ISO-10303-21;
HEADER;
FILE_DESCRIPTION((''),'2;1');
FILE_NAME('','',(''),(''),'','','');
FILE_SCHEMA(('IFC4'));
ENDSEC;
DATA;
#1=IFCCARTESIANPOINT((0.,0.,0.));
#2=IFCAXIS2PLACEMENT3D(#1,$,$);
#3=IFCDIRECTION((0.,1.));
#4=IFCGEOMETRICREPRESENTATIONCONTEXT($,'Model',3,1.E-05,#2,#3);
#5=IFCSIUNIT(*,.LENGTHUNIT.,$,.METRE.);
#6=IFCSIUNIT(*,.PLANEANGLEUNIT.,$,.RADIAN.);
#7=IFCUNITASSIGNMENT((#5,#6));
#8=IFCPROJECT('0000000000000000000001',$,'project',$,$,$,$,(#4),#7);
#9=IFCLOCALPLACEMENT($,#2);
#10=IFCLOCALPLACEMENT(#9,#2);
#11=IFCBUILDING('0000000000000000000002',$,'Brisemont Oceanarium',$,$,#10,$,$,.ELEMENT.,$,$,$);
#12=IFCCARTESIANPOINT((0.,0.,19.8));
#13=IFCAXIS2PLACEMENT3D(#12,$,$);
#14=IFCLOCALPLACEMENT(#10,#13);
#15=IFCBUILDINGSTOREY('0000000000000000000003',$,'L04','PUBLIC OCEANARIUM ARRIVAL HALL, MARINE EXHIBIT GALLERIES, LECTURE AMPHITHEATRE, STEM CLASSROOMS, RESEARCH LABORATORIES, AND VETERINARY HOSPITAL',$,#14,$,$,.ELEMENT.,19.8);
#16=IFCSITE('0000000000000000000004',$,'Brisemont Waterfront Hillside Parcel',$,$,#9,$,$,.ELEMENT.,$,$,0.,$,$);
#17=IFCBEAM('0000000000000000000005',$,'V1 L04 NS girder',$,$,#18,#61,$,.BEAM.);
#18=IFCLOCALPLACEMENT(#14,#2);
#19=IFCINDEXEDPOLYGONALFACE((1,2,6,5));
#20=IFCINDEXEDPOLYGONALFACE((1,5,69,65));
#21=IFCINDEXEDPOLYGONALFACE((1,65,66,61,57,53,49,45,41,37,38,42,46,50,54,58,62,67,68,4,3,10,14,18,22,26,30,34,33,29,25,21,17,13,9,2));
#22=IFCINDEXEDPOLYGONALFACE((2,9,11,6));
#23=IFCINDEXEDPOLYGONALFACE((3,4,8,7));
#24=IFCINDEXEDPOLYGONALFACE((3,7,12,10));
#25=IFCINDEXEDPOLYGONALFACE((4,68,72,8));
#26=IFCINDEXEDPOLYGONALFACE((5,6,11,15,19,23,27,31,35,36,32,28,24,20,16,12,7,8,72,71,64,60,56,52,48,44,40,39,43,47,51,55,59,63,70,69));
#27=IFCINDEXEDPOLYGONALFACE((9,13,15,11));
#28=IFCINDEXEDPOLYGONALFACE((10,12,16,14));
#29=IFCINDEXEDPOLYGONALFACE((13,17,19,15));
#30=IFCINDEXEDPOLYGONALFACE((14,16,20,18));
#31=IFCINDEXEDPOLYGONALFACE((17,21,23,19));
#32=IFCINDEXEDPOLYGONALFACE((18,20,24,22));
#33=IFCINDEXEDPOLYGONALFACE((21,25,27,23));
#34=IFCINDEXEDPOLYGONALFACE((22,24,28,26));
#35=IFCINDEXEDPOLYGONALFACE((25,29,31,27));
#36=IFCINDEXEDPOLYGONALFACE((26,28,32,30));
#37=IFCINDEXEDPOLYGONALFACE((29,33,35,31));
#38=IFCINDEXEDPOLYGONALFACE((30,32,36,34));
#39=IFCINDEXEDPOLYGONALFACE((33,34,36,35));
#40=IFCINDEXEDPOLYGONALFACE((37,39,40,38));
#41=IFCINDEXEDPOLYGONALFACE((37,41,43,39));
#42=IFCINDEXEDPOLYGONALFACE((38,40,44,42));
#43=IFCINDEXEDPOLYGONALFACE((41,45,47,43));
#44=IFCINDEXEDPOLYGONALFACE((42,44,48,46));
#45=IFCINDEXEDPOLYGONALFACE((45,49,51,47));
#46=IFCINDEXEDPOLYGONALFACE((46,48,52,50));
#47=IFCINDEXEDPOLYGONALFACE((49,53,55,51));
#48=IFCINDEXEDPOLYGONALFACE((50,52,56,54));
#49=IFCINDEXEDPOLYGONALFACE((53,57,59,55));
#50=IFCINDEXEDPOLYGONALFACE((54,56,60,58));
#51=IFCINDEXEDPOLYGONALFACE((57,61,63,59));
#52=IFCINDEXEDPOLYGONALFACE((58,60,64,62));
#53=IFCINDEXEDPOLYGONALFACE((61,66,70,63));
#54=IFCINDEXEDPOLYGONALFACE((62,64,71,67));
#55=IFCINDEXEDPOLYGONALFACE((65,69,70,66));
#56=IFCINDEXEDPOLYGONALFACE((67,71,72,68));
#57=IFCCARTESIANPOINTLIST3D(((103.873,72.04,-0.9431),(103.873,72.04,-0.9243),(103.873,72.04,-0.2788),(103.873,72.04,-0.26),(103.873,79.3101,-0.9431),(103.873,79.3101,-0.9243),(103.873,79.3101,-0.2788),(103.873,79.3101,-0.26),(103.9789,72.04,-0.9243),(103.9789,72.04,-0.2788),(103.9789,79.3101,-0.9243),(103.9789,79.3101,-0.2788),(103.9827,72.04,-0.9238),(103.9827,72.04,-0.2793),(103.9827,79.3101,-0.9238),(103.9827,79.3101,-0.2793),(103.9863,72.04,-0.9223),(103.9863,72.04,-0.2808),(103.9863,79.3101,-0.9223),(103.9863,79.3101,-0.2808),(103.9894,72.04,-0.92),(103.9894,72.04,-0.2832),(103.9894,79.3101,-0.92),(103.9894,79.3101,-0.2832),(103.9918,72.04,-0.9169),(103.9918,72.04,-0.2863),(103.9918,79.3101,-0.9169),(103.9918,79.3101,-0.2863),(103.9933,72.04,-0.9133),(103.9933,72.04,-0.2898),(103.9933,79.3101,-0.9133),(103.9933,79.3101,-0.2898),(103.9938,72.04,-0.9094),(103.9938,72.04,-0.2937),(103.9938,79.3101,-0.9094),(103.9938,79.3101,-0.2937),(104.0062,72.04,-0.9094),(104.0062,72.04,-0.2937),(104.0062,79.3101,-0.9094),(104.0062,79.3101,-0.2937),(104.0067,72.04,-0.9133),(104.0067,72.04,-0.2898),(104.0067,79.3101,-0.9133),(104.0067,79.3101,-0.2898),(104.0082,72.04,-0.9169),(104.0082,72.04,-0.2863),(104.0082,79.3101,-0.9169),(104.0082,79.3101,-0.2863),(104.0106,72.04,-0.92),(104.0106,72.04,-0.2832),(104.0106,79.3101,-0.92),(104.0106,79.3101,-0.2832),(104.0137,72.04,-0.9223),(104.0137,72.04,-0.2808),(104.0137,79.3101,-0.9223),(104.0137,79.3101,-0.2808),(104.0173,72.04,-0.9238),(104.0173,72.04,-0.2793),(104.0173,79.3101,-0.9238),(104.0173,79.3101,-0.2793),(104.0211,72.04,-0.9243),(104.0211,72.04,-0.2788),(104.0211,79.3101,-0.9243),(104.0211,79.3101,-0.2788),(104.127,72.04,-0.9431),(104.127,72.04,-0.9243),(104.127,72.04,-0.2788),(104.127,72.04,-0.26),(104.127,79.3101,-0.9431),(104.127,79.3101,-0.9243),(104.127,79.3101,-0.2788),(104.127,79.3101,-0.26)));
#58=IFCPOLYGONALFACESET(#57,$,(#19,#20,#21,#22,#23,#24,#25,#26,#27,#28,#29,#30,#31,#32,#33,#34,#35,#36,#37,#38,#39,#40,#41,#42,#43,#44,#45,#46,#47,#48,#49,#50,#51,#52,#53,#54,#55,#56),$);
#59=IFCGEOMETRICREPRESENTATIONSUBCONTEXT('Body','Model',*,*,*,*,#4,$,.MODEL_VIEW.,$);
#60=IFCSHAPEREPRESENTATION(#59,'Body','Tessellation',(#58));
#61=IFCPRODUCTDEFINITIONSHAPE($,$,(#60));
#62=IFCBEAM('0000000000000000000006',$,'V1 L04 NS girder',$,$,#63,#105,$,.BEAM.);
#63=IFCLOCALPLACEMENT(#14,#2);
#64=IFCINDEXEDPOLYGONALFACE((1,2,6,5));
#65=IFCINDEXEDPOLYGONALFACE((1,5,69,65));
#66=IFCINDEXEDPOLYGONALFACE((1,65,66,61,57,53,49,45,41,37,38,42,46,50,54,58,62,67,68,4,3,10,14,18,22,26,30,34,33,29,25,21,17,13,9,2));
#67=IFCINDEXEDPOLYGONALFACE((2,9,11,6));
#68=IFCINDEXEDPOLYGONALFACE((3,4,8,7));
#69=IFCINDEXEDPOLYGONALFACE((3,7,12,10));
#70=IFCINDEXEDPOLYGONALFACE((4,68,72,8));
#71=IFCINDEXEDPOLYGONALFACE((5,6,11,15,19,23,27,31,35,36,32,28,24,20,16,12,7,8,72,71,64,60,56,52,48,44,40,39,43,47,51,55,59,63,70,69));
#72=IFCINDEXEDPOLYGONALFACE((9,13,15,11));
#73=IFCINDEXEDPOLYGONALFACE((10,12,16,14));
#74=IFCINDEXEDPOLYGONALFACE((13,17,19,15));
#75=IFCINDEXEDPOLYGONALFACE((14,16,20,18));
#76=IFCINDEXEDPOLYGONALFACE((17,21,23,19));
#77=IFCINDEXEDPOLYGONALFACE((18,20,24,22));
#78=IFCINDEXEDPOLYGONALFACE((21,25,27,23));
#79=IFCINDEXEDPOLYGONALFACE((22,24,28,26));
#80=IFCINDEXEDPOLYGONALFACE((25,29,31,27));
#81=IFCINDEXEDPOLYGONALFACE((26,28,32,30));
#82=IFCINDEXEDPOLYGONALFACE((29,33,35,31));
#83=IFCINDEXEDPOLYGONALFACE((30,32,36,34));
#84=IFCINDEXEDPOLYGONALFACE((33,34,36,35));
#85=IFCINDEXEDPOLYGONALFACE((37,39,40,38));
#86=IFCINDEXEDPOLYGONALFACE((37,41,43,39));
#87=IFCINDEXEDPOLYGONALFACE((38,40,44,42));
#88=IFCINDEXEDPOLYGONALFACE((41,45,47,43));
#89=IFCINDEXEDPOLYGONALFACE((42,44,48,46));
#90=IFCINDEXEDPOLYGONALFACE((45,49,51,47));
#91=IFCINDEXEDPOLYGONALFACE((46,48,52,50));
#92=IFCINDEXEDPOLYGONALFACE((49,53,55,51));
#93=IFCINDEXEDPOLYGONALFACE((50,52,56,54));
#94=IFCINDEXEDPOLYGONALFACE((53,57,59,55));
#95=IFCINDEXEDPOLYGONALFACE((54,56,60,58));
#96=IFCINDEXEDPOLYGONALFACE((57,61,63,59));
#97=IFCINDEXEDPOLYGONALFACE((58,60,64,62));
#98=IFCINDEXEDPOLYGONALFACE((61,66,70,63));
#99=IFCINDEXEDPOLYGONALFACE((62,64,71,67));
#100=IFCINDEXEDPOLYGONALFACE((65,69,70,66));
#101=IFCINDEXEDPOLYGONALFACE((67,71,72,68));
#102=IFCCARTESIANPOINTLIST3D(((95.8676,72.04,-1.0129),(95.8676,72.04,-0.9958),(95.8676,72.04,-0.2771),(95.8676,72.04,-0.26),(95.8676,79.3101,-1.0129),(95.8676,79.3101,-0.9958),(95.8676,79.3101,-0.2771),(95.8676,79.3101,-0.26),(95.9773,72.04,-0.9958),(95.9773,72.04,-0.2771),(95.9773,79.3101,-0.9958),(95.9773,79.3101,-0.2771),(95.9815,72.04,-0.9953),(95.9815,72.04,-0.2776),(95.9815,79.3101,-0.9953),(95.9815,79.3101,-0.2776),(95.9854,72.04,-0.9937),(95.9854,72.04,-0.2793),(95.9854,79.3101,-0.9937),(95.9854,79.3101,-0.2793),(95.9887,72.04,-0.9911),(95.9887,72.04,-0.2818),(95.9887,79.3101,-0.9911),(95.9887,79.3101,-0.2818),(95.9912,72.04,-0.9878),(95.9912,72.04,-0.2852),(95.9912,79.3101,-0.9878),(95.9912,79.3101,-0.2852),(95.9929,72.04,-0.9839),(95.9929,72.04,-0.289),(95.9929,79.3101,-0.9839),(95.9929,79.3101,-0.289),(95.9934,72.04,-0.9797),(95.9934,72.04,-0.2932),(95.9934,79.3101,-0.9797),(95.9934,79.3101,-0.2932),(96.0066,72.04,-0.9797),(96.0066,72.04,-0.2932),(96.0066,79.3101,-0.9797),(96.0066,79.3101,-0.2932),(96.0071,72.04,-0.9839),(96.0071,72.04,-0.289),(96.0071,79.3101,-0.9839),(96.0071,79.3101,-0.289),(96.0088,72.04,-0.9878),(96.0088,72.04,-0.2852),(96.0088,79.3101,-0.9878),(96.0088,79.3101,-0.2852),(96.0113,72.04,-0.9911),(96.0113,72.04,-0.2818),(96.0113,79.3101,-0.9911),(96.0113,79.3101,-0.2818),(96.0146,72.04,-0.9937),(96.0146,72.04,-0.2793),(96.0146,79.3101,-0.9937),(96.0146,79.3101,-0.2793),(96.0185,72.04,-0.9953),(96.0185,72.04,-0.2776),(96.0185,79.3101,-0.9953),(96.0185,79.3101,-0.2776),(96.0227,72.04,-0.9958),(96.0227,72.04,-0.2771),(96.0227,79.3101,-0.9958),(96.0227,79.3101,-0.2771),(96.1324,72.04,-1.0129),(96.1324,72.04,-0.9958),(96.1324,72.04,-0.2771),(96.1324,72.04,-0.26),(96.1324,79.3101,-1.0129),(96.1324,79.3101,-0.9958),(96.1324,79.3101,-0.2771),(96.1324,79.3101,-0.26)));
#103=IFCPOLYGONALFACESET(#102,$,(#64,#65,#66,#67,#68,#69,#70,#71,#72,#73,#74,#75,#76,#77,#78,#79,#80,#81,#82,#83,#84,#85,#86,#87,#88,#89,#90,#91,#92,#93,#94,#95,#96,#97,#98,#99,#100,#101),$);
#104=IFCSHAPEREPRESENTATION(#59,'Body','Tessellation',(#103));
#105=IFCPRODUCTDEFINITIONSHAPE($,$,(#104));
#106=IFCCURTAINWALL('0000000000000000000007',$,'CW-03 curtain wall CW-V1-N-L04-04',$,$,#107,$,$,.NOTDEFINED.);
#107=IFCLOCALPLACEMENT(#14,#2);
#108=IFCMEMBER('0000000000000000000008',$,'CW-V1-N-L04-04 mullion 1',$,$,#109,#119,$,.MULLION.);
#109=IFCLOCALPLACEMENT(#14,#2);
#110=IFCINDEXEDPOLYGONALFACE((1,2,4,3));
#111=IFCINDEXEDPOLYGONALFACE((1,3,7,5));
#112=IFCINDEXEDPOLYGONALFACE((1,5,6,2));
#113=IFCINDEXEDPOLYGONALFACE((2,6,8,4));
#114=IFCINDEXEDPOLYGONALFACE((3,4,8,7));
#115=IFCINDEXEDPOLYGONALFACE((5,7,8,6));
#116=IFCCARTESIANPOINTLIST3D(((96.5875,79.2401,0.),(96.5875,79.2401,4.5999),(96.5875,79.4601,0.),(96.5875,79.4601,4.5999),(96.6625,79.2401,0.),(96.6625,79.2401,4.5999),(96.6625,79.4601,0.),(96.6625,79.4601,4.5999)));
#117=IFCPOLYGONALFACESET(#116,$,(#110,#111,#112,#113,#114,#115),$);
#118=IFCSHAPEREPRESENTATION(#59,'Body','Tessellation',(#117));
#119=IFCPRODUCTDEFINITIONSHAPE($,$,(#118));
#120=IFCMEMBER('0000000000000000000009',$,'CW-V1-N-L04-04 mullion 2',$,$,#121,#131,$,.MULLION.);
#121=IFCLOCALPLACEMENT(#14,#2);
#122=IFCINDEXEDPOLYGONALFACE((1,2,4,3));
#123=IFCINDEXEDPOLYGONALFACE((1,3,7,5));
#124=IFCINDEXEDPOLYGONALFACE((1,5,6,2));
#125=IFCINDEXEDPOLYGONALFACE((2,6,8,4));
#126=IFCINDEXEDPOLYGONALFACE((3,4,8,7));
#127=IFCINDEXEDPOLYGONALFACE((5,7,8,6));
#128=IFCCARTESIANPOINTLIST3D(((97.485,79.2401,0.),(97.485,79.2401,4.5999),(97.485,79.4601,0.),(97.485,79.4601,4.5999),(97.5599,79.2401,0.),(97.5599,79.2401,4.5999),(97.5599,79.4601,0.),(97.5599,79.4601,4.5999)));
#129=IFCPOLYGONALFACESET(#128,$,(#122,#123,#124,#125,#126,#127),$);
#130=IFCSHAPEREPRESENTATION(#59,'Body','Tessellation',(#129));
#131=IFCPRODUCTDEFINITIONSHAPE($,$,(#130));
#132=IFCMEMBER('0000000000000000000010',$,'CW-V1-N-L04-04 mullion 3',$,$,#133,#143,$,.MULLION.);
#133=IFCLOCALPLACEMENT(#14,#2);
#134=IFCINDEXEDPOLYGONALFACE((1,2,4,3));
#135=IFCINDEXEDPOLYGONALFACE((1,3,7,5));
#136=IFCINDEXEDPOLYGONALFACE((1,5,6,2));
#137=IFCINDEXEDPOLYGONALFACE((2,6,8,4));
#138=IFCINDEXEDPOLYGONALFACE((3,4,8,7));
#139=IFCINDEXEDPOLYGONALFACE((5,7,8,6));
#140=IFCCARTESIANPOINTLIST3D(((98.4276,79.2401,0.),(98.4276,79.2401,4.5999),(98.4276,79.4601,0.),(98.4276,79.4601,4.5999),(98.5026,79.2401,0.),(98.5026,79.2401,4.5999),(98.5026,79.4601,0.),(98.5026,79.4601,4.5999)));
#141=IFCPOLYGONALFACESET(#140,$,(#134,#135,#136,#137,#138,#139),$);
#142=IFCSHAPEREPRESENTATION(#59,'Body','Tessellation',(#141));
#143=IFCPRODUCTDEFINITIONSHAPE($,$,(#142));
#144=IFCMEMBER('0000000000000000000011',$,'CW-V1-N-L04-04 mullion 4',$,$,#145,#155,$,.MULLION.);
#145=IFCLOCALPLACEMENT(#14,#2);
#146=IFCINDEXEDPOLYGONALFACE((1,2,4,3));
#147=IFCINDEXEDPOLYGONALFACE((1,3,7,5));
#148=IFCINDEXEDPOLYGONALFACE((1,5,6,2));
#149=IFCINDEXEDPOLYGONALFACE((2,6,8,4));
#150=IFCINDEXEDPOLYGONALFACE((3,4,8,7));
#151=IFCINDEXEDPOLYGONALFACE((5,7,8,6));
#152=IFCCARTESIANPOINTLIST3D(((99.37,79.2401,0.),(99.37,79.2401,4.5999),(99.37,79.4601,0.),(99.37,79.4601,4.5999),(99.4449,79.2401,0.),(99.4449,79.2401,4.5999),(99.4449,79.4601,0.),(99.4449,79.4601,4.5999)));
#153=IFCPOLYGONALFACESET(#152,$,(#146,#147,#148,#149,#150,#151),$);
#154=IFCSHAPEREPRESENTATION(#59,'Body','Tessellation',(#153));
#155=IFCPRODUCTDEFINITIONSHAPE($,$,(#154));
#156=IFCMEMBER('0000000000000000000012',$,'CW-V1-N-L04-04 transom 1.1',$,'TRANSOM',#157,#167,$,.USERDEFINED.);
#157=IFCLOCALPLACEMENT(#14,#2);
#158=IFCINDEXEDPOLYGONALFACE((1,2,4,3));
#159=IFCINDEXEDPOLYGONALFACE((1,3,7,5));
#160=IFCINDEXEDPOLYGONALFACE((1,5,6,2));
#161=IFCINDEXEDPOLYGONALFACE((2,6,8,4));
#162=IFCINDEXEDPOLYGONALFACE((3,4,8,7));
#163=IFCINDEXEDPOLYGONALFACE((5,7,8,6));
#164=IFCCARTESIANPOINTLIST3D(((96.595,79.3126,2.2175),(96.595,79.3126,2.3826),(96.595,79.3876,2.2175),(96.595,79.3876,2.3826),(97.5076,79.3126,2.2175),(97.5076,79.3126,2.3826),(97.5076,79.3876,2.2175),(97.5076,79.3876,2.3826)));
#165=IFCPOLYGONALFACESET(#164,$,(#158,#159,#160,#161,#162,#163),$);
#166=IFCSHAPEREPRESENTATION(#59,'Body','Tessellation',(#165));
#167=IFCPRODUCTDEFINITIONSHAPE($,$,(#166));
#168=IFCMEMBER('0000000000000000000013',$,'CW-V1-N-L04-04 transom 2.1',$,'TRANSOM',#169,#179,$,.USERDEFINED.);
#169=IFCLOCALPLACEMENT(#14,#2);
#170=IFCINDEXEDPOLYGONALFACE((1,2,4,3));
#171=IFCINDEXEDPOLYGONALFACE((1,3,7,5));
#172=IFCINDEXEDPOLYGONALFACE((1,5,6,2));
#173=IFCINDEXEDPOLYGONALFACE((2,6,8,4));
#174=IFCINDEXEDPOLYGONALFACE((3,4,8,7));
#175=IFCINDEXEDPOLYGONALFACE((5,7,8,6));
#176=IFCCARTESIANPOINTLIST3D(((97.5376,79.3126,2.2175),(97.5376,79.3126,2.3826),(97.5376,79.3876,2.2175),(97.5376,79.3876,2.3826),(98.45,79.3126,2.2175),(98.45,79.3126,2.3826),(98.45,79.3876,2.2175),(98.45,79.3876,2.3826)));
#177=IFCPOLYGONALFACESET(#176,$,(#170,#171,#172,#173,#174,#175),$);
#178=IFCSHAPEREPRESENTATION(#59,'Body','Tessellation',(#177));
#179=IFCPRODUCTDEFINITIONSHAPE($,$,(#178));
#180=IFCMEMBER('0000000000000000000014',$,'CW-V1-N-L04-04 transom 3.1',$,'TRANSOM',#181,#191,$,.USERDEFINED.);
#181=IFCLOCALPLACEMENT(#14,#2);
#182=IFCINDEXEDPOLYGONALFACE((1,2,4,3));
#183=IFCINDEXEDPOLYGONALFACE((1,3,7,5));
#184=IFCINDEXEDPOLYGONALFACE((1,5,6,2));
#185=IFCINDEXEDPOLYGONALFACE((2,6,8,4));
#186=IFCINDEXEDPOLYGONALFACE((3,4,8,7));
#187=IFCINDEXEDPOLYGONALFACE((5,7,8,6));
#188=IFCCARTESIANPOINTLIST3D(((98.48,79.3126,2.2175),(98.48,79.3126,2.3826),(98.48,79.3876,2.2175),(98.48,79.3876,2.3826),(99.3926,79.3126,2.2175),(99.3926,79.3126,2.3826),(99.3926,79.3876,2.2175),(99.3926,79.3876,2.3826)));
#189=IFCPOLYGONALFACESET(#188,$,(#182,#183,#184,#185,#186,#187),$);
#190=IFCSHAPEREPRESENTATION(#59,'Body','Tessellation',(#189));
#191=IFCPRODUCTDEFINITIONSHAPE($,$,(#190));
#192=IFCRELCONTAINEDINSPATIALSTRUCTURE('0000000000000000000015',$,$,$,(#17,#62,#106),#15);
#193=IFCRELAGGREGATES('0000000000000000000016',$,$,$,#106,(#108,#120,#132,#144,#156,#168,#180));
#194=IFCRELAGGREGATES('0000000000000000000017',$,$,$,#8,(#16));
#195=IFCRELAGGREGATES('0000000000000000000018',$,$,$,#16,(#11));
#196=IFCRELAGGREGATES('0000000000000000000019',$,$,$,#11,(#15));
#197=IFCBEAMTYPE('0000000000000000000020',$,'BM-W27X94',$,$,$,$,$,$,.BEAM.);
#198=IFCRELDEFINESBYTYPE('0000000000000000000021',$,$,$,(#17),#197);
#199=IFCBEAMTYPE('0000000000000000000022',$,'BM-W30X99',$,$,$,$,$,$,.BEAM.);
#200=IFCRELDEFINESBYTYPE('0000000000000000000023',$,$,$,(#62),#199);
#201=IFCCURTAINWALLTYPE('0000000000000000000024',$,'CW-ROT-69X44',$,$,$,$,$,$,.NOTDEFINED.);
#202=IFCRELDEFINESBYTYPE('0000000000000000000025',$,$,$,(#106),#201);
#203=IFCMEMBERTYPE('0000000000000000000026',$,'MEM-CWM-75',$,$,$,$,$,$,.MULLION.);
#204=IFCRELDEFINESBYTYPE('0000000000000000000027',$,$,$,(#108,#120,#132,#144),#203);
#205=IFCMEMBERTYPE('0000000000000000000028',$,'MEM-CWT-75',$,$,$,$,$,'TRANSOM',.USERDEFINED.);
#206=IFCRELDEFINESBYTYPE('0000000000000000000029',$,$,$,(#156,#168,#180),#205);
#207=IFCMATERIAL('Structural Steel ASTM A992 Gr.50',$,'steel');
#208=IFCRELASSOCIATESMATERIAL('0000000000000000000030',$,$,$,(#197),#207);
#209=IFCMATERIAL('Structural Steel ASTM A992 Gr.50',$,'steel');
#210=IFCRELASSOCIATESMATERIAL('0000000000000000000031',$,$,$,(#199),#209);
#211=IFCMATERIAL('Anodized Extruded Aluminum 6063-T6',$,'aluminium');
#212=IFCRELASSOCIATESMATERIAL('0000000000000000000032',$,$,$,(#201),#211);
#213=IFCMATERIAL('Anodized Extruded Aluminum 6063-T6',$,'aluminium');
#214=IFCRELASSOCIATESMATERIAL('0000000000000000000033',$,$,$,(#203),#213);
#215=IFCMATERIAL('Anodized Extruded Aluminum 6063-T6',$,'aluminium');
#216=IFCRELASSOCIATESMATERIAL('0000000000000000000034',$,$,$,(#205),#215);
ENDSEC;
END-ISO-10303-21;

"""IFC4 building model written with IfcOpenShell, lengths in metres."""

from ifc_helpers import new_model, si_unit, direction, frame, origin, origin_2d, place, context, subcontext, project, spatial, rectangle, i_section, extrude, material, material_profile, profile_set, type_object, element, aggregate, save


model = new_model("IFC4")

# Units and contexts
model_context = context("Model", 3, precision=1e-05, world=origin(), true_north=direction((0.0, 1.0)))
body_context = subcontext(model_context, "Body", "Model", "MODEL_VIEW")
ifc_project = project(units=[si_unit("LENGTHUNIT", "METRE"), si_unit("PLANEANGLEUNIT", "RADIAN")], contexts=[model_context])

# Site, building, storey
site_placement = place(None, origin())
site = spatial("IfcSite", under=ifc_project, at=site_placement, Name="Brisemont Waterfront Hillside Parcel", CompositionType="ELEMENT", RefElevation=0.0)
building_placement = place(site_placement, origin())
building = spatial("IfcBuilding", under=site, at=building_placement, Name="Brisemont Oceanarium", CompositionType="ELEMENT")
storey_placement = place(building_placement, frame((0.0, 0.0, 19.8)))
storey = spatial("IfcBuildingStorey", under=building, at=storey_placement, Name="L04", Description="PUBLIC OCEANARIUM ARRIVAL HALL, MARINE EXHIBIT GALLERIES, LECTURE AMPHITHEATRE, STEM CLASSROOMS, RESEARCH LABORATORIES, AND VETERINARY HOSPITAL", CompositionType="ELEMENT", Elevation=19.8)

# Beams
ifc_material_1 = material(Name="Structural Steel ASTM A992 Gr.50", Category="steel")
ifc_material_profile_1 = material_profile(ifc_material_1, i_section(OverallWidth=0.2539, OverallDepth=0.6831, WebThickness=0.0125, FlangeThickness=0.0188, FilletRadius=0.0149, at=origin_2d()), Name="W27X94")
ifc_profile_set_1 = profile_set([ifc_material_profile_1], Name="Structural Steel ASTM A992 Gr.50")
beam_type_1 = type_object("IfcBeamType", Name="BM-W27X94", PredefinedType="BEAM", material=ifc_profile_set_1)
beam_1_placement = place(storey_placement, frame((104.0, 72.04, -0.6016), z_axis=(0.0, 1.0, 0.0), x_axis=(-1.0, 0.0, 0.0)))
element("IfcBeam", 1, at=beam_1_placement, inside=storey, type_object=beam_type_1, Name="V1 L04 NS girder", PredefinedType="BEAM", context=body_context, shape_type="SweptSolid", body=[
    extrude(i_section(OverallWidth=0.2539, OverallDepth=0.6831, WebThickness=0.0125, FlangeThickness=0.0188, FilletRadius=0.0149, at=origin_2d()), origin(), (0.0, 0.0, 1.0), 7.27),
])
ifc_material_2 = material(Name="Structural Steel ASTM A992 Gr.50", Category="steel")
ifc_material_profile_2 = material_profile(ifc_material_2, i_section(OverallWidth=0.2649, OverallDepth=0.7529, WebThickness=0.0132, FlangeThickness=0.0171, FilletRadius=0.0161, at=origin_2d()), Name="W30X99")
ifc_profile_set_2 = profile_set([ifc_material_profile_2], Name="Structural Steel ASTM A992 Gr.50")
beam_type_2 = type_object("IfcBeamType", Name="BM-W30X99", PredefinedType="BEAM", material=ifc_profile_set_2)
beam_2_placement = place(storey_placement, frame((96.0, 72.04, -0.6365), z_axis=(0.0, 1.0, 0.0), x_axis=(-1.0, 0.0, 0.0)))
element("IfcBeam", 2, at=beam_2_placement, inside=storey, type_object=beam_type_2, Name="V1 L04 NS girder", PredefinedType="BEAM", context=body_context, shape_type="SweptSolid", body=[
    extrude(i_section(OverallWidth=0.2649, OverallDepth=0.7529, WebThickness=0.0132, FlangeThickness=0.0171, FilletRadius=0.0161, at=origin_2d()), origin(), (0.0, 0.0, 1.0), 7.27),
])

# Curtain wall, members
ifc_material_3 = material(Name="Anodized Extruded Aluminum 6063-T6", Category="aluminium")
curtain_wall_type = type_object("IfcCurtainWallType", Name="CW-ROT-69X44", PredefinedType="NOTDEFINED", material=ifc_material_3)
curtain_wall_1_placement = place(storey_placement, origin())
curtain_wall_1 = element("IfcCurtainWall", 3, at=curtain_wall_1_placement, inside=storey, type_object=curtain_wall_type, Name="CW-03 curtain wall CW-V1-N-L04-04", PredefinedType="NOTDEFINED")
ifc_material_4 = material(Name="Anodized Extruded Aluminum 6063-T6", Category="aluminium")
ifc_material_profile_3 = material_profile(ifc_material_4, rectangle(XDim=0.075, YDim=0.22, at=origin_2d()), Name="CWM-75X220")
ifc_profile_set_3 = profile_set([ifc_material_profile_3], Name="Anodized Extruded Aluminum 6063-T6")
member_type_1 = type_object("IfcMemberType", Name="MEM-CWM-75", PredefinedType="MULLION", material=ifc_profile_set_3)
member_1_placement = place(storey_placement, frame((96.625, 79.3501, 0.0), z_axis=(0.0, 0.0, 1.0), x_axis=(1.0, 0.0, 0.0)))
member_1 = element("IfcMember", 4, at=member_1_placement, type_object=member_type_1, Name="CW-V1-N-L04-04 mullion 1", PredefinedType="MULLION", context=body_context, shape_type="SweptSolid", body=[
    extrude(rectangle(XDim=0.075, YDim=0.22, at=origin_2d()), origin(), (0.0, 0.0, 1.0), 4.5999),
])
member_2_placement = place(storey_placement, frame((97.5225, 79.3501, 0.0), z_axis=(0.0, 0.0, 1.0), x_axis=(1.0, 0.0, 0.0)))
member_2 = element("IfcMember", 5, at=member_2_placement, type_object=member_type_1, Name="CW-V1-N-L04-04 mullion 2", PredefinedType="MULLION", context=body_context, shape_type="SweptSolid", body=[
    extrude(rectangle(XDim=0.075, YDim=0.22, at=origin_2d()), origin(), (0.0, 0.0, 1.0), 4.5999),
])
member_3_placement = place(storey_placement, frame((98.4651, 79.3501, 0.0), z_axis=(0.0, 0.0, 1.0), x_axis=(1.0, 0.0, 0.0)))
member_3 = element("IfcMember", 6, at=member_3_placement, type_object=member_type_1, Name="CW-V1-N-L04-04 mullion 3", PredefinedType="MULLION", context=body_context, shape_type="SweptSolid", body=[
    extrude(rectangle(XDim=0.075, YDim=0.22, at=origin_2d()), origin(), (0.0, 0.0, 1.0), 4.5999),
])
member_4_placement = place(storey_placement, frame((99.4075, 79.3501, 0.0), z_axis=(0.0, 0.0, 1.0), x_axis=(1.0, 0.0, 0.0)))
member_4 = element("IfcMember", 7, at=member_4_placement, type_object=member_type_1, Name="CW-V1-N-L04-04 mullion 4", PredefinedType="MULLION", context=body_context, shape_type="SweptSolid", body=[
    extrude(rectangle(XDim=0.075, YDim=0.22, at=origin_2d()), origin(), (0.0, 0.0, 1.0), 4.5999),
])
ifc_material_5 = material(Name="Anodized Extruded Aluminum 6063-T6", Category="aluminium")
ifc_material_profile_4 = material_profile(ifc_material_5, rectangle(XDim=0.075, YDim=0.165, at=origin_2d()), Name="CWT-75X165")
ifc_profile_set_4 = profile_set([ifc_material_profile_4], Name="Anodized Extruded Aluminum 6063-T6")
member_type_2 = type_object("IfcMemberType", Name="MEM-CWT-75", ElementType="TRANSOM", PredefinedType="USERDEFINED", material=ifc_profile_set_4)
member_5_placement = place(storey_placement, frame((96.595, 79.3501, 2.3), z_axis=(1.0, 0.0, 0.0), x_axis=(0.0, 1.0, 0.0)))
member_5 = element("IfcMember", 8, at=member_5_placement, type_object=member_type_2, Name="CW-V1-N-L04-04 transom 1.1", ObjectType="TRANSOM", PredefinedType="USERDEFINED", context=body_context, shape_type="SweptSolid", body=[
    extrude(rectangle(XDim=0.075, YDim=0.165, at=origin_2d()), origin(), (0.0, 0.0, 1.0), 0.9126),
])
member_6_placement = place(storey_placement, frame((97.5376, 79.3501, 2.3), z_axis=(1.0, 0.0, 0.0), x_axis=(0.0, 1.0, 0.0)))
member_6 = element("IfcMember", 9, at=member_6_placement, type_object=member_type_2, Name="CW-V1-N-L04-04 transom 2.1", ObjectType="TRANSOM", PredefinedType="USERDEFINED", context=body_context, shape_type="SweptSolid", body=[
    extrude(rectangle(XDim=0.075, YDim=0.165, at=origin_2d()), origin(), (0.0, 0.0, 1.0), 0.9124),
])
member_7_placement = place(storey_placement, frame((98.48, 79.3501, 2.3), z_axis=(1.0, 0.0, 0.0), x_axis=(0.0, 1.0, 0.0)))
member_7 = element("IfcMember", 10, at=member_7_placement, type_object=member_type_2, Name="CW-V1-N-L04-04 transom 3.1", ObjectType="TRANSOM", PredefinedType="USERDEFINED", context=body_context, shape_type="SweptSolid", body=[
    extrude(rectangle(XDim=0.075, YDim=0.165, at=origin_2d()), origin(), (0.0, 0.0, 1.0), 0.9126),
])
aggregate(curtain_wall_1, [member_1, member_2, member_3, member_4, member_5, member_6, member_7])

save(model, "model.ifc")
